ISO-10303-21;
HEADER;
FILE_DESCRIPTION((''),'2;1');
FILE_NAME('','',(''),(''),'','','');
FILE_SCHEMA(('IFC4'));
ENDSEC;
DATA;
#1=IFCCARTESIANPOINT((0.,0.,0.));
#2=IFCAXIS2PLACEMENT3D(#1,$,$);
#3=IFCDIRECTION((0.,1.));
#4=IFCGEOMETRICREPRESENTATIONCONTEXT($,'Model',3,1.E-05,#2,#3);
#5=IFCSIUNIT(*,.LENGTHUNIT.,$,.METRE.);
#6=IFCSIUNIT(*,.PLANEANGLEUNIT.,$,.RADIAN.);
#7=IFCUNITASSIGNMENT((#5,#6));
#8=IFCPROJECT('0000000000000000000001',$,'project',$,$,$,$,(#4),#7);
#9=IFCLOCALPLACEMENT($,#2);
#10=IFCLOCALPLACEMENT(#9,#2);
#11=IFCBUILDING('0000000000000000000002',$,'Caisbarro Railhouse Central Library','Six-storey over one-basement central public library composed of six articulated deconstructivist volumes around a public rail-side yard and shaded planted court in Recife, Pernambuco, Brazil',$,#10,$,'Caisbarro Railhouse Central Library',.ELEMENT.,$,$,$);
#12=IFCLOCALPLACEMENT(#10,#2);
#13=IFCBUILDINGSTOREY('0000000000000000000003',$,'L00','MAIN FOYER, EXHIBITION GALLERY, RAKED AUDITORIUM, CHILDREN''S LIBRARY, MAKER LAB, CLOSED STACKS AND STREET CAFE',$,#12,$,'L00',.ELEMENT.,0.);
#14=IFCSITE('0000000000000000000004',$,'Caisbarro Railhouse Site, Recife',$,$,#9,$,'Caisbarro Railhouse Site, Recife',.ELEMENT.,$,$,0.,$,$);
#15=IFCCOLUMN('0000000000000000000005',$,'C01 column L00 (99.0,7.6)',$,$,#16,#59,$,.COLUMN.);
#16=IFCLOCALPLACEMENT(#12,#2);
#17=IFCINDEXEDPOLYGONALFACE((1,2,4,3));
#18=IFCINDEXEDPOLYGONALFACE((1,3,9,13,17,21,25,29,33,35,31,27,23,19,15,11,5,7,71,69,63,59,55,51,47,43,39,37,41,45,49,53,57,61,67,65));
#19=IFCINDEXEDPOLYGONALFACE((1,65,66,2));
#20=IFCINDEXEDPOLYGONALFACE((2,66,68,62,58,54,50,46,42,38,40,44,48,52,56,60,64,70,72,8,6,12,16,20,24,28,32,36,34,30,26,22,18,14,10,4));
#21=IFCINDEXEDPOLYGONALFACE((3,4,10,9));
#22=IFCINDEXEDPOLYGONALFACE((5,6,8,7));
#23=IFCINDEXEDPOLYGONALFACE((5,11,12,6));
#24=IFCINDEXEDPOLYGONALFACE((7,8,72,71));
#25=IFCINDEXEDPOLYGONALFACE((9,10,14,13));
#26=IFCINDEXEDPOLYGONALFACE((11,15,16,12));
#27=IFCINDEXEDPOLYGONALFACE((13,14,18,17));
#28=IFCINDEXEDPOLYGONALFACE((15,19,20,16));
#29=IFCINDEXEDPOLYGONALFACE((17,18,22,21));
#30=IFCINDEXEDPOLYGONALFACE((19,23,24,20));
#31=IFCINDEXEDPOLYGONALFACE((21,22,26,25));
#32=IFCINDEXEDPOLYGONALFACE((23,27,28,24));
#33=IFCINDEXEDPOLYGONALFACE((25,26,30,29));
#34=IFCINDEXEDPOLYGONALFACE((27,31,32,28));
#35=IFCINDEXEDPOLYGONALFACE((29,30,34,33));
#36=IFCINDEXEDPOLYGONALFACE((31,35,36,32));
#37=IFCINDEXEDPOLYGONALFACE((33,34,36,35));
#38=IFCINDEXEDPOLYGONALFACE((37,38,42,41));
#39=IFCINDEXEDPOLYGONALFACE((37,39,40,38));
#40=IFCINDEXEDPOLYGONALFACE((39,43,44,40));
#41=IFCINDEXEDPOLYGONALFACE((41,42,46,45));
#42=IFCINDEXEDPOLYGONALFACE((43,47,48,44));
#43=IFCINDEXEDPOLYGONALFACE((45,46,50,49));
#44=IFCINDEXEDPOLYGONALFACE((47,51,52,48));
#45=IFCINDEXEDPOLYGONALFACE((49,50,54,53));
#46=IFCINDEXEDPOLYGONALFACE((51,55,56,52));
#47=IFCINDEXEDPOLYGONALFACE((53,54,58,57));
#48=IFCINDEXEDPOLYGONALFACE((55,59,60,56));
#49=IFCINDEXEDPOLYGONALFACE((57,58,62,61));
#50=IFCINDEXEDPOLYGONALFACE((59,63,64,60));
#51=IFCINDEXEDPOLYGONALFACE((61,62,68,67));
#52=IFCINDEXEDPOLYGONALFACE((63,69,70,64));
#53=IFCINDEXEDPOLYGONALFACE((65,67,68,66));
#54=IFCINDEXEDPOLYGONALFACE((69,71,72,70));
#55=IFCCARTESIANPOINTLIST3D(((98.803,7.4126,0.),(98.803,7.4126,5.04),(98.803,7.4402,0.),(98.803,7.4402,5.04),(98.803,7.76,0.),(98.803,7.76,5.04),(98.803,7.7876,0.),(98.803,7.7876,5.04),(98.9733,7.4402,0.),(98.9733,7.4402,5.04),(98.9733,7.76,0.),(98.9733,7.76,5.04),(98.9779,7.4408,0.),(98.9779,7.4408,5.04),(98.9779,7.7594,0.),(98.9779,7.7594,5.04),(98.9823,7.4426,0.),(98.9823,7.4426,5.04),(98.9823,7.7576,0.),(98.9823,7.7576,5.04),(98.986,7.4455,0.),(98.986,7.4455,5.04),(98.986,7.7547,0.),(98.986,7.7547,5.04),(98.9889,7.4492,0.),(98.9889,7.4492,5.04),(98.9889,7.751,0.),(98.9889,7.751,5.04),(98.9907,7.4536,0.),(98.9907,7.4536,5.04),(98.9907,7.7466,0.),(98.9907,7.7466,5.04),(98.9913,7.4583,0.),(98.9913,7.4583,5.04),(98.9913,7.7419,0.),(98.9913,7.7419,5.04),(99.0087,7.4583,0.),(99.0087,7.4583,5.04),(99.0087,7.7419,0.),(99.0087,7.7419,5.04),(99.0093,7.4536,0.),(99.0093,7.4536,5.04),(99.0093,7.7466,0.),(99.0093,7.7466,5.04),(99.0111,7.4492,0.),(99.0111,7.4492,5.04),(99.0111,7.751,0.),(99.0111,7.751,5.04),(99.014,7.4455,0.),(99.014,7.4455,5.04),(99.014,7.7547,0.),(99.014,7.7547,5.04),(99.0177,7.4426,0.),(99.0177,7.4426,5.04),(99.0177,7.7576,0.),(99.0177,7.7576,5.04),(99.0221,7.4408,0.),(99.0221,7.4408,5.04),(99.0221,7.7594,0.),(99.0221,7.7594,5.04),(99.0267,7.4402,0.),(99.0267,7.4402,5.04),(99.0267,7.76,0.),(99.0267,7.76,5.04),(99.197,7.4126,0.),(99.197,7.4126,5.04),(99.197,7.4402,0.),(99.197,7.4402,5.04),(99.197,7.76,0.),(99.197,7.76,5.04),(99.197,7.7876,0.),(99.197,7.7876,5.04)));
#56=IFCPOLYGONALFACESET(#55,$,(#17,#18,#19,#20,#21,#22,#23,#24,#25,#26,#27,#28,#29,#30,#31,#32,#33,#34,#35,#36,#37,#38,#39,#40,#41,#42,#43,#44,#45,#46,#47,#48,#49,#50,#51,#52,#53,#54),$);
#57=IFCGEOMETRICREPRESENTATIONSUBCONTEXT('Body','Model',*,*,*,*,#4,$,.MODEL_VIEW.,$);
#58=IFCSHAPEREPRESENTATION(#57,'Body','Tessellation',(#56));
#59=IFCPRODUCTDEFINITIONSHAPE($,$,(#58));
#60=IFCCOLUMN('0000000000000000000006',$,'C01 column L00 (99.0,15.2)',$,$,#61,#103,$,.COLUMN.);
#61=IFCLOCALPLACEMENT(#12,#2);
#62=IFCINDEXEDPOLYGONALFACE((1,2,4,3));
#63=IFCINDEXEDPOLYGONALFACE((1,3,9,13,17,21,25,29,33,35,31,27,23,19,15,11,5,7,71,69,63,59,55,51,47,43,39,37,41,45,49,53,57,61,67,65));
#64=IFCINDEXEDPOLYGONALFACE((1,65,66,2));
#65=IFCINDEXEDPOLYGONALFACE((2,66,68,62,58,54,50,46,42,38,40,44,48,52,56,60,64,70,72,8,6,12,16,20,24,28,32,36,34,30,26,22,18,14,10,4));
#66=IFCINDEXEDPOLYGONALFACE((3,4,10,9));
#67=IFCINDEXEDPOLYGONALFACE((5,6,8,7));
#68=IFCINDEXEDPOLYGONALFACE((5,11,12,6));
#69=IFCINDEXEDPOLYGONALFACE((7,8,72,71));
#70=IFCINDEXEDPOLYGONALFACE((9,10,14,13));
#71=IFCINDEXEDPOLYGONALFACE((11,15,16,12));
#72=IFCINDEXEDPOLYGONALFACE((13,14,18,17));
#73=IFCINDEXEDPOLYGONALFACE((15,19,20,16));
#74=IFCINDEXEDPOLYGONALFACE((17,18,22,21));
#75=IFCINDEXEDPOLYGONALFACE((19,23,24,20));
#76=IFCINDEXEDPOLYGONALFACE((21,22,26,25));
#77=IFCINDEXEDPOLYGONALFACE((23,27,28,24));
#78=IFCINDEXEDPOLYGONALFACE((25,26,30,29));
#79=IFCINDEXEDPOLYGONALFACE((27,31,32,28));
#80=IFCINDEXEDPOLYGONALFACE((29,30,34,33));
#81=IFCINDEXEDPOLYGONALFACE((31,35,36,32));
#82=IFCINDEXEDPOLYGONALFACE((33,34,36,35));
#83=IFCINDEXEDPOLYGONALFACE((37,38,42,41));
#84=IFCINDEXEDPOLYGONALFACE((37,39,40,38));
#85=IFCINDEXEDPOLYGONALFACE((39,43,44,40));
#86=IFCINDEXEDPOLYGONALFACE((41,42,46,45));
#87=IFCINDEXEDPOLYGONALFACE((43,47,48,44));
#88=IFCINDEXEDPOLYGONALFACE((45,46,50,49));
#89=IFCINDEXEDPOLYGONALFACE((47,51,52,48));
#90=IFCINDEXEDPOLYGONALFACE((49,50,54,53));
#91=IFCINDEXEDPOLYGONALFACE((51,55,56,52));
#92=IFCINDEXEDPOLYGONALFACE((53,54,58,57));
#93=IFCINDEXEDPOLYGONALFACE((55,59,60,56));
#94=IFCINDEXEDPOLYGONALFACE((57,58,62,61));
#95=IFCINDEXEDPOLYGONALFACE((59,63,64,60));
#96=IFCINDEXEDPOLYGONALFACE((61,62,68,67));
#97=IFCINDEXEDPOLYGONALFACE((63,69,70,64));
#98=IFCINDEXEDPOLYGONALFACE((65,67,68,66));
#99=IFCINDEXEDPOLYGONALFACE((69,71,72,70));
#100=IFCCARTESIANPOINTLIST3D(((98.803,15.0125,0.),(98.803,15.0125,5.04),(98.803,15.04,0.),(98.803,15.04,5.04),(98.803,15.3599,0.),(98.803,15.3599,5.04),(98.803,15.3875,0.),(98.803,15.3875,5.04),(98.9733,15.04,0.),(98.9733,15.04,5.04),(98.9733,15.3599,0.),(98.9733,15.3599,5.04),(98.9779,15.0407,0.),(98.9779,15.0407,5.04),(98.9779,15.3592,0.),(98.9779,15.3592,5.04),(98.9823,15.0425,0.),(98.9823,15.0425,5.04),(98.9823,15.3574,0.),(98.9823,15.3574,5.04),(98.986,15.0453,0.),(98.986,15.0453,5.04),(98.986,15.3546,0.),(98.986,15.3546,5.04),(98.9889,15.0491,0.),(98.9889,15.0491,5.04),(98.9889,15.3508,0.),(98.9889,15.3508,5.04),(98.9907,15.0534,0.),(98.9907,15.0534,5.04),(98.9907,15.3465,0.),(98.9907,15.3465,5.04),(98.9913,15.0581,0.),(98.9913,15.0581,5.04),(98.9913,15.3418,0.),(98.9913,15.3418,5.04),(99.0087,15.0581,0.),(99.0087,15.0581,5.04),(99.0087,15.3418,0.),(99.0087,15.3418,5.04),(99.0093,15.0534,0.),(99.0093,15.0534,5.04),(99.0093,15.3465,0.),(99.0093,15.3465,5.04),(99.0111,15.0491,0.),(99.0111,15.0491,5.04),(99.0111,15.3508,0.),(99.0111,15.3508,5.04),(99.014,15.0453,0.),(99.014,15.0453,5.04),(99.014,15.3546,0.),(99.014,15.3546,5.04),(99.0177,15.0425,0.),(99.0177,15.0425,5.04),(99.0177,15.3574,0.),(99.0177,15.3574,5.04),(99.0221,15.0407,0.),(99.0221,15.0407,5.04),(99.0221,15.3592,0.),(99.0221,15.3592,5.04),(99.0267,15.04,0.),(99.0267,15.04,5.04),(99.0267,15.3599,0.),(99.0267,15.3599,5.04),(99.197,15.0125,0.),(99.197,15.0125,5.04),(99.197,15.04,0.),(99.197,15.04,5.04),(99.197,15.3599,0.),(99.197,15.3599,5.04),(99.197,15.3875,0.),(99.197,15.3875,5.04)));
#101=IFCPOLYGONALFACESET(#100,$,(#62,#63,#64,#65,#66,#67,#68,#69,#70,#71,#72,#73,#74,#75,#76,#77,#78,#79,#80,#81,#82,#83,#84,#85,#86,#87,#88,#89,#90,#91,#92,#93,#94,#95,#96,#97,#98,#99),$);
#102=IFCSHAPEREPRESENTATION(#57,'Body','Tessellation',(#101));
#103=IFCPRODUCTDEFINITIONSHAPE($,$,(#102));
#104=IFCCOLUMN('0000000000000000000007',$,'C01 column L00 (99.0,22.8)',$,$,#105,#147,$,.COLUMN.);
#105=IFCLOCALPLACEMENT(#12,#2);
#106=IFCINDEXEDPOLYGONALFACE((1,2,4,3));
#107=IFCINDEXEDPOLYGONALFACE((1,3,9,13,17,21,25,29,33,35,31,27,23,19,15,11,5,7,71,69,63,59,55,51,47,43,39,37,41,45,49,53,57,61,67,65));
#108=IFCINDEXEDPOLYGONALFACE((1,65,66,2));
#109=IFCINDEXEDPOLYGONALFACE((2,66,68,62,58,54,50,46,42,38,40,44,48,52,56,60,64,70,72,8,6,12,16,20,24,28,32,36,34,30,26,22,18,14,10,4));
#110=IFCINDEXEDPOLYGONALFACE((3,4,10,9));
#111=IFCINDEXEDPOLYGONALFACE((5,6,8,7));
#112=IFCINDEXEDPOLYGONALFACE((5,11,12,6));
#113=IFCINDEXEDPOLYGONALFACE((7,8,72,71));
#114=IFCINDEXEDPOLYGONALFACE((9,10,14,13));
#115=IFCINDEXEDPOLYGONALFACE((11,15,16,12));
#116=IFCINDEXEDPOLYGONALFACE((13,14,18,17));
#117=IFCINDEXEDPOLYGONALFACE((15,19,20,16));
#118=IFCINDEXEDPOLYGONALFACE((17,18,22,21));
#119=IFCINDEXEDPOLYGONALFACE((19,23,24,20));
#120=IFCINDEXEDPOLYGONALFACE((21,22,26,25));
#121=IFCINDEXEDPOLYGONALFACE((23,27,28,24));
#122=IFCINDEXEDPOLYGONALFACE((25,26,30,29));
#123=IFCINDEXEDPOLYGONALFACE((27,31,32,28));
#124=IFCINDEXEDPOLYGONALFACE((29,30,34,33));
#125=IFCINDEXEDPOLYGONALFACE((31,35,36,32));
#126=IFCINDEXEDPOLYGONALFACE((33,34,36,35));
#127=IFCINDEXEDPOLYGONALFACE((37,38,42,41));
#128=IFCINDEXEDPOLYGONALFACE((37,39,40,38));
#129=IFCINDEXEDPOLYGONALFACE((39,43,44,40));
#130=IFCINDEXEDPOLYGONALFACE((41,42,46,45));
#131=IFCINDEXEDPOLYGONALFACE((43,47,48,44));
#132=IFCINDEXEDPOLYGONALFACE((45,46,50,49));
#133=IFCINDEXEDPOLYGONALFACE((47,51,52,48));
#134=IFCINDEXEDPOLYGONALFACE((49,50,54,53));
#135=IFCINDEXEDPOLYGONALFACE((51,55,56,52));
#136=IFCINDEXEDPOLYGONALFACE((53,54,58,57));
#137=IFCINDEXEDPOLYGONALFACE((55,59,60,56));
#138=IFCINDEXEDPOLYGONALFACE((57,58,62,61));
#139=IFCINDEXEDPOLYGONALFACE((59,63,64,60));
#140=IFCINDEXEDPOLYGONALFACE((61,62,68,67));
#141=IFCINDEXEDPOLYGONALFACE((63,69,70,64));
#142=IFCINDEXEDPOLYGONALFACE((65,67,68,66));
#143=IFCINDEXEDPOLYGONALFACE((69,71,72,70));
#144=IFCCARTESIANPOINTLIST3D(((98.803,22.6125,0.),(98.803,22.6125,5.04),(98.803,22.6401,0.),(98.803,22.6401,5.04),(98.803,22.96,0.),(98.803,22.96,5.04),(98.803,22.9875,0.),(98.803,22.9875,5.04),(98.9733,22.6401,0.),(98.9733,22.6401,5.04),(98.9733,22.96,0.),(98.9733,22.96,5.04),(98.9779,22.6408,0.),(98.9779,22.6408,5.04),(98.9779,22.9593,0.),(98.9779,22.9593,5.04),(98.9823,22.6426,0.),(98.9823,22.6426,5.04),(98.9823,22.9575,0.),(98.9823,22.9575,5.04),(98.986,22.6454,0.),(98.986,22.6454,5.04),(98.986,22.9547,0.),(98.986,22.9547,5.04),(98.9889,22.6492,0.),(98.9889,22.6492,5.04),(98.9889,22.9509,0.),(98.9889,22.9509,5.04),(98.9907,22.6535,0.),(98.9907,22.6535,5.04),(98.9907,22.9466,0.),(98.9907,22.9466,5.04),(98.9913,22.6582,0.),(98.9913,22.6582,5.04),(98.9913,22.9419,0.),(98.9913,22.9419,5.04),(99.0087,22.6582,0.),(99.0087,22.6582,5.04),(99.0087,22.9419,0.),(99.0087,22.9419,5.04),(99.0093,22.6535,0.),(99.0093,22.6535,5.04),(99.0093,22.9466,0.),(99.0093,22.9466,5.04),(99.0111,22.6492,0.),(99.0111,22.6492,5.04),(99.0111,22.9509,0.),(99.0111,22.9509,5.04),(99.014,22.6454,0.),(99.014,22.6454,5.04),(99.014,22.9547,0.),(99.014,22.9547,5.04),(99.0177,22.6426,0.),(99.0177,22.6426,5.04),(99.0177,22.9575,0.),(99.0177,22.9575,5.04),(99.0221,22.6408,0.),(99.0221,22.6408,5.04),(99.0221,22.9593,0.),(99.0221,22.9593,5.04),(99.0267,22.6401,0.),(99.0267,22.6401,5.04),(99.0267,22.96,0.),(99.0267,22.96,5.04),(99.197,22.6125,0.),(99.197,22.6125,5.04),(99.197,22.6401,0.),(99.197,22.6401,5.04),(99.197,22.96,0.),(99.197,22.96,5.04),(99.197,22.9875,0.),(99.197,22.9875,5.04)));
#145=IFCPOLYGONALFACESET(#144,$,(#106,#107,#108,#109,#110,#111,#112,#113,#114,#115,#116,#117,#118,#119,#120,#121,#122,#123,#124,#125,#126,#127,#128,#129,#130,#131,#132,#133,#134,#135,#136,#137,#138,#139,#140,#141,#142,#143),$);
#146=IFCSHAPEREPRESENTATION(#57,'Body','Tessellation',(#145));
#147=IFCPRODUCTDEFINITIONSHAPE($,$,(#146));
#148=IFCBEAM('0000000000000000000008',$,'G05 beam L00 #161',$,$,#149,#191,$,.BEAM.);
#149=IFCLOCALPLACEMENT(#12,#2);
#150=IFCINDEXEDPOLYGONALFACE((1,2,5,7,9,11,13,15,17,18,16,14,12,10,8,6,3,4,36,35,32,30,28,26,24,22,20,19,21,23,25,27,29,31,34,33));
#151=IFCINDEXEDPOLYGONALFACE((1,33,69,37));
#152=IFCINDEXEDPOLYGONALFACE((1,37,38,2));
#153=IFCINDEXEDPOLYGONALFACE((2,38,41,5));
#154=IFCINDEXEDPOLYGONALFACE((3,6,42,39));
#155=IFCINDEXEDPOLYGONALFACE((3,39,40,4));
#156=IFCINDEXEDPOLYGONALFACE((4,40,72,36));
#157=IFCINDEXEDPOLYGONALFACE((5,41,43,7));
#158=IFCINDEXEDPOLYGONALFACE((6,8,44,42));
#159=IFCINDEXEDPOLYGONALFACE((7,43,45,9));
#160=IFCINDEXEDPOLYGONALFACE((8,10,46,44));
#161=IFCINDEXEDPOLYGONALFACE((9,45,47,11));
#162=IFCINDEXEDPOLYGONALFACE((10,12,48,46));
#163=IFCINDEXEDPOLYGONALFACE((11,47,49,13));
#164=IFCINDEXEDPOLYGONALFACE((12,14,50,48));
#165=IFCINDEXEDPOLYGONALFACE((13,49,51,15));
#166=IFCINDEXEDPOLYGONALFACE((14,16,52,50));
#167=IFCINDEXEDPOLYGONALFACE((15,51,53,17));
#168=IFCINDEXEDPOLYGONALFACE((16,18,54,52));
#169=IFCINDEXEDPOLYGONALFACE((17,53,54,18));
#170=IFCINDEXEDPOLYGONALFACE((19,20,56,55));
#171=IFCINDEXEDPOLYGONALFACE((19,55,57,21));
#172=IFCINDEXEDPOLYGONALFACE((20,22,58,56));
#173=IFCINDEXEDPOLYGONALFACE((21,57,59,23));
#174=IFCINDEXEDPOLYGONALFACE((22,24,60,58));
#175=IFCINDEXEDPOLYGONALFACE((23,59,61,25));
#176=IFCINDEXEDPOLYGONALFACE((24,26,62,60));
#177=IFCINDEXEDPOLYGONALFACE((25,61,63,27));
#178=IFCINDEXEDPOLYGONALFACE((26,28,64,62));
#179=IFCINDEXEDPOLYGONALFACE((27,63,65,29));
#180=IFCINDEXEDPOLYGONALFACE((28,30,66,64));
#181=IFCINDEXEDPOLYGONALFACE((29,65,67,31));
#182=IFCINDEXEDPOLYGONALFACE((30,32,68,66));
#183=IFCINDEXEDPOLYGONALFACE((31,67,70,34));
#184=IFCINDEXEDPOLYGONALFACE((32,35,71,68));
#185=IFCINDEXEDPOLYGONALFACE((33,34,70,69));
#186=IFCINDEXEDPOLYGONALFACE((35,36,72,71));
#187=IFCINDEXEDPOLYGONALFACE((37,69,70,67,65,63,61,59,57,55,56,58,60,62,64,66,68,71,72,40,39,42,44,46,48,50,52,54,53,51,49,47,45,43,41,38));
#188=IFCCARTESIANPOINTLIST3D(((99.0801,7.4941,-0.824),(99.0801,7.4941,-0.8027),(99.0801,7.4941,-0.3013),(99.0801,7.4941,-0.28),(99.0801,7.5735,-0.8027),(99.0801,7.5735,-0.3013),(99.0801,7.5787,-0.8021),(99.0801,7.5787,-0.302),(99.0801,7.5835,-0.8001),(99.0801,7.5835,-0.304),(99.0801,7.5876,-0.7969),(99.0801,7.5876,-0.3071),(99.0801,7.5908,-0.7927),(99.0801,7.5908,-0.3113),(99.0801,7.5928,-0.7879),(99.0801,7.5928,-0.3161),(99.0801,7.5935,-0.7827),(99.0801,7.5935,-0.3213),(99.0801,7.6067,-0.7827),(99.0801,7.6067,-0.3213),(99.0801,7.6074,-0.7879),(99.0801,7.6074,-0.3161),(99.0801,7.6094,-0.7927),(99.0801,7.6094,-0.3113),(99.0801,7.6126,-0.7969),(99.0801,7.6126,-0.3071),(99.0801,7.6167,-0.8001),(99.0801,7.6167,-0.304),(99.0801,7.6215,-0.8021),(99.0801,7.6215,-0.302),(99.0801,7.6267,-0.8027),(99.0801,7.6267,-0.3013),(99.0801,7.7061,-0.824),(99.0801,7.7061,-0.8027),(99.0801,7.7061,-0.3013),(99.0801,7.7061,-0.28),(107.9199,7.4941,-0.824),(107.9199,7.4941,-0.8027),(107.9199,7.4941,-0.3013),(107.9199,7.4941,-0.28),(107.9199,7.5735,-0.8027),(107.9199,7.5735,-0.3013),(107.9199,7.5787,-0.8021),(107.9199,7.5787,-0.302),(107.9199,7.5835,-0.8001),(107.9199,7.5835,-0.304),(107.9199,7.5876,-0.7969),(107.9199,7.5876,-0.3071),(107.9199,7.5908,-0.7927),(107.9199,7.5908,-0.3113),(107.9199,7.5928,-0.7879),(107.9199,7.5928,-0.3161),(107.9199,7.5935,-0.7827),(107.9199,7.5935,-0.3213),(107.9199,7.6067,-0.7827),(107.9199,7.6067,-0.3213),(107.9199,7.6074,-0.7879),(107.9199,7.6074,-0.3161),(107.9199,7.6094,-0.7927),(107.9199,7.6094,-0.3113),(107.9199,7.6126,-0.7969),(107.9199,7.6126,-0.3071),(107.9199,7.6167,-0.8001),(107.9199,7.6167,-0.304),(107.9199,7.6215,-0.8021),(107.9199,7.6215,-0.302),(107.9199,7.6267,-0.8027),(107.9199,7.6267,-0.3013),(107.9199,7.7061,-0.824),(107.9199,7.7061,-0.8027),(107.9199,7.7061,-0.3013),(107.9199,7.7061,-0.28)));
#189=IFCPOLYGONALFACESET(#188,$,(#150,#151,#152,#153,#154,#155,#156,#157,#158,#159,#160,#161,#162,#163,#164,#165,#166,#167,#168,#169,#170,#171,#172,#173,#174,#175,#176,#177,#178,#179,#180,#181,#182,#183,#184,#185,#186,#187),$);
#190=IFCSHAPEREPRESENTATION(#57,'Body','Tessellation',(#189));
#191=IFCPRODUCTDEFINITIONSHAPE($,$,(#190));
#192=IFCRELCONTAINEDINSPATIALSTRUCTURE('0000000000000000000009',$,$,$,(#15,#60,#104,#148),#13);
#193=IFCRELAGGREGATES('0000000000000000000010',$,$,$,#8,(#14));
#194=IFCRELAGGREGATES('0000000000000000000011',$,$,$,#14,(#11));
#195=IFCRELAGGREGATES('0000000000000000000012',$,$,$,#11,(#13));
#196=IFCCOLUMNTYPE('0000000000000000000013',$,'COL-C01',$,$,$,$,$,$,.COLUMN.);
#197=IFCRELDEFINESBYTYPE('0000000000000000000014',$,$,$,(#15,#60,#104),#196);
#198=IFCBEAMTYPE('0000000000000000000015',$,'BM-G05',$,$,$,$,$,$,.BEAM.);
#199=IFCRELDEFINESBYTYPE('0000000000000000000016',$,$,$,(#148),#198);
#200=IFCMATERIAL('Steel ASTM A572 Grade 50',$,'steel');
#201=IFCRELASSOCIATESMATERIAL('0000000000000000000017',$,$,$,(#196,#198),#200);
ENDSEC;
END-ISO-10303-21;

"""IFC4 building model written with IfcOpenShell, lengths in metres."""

from ifc_helpers import new_model, si_unit, direction, frame, origin, origin_2d, place, context, subcontext, project, spatial, i_section, extrude, material, material_profile, profile_set, type_object, element, save


model = new_model("IFC4")

# Units and contexts
model_context = context("Model", 3, precision=1e-05, world=origin(), true_north=direction((0.0, 1.0)))
body_context = subcontext(model_context, "Body", "Model", "MODEL_VIEW")
ifc_project = project(units=[si_unit("LENGTHUNIT", "METRE"), si_unit("PLANEANGLEUNIT", "RADIAN")], contexts=[model_context])

# Site, building, storey
site_placement = place(None, origin())
site = spatial("IfcSite", under=ifc_project, at=site_placement, Name="Caisbarro Railhouse Site, Recife", LongName="Caisbarro Railhouse Site, Recife", CompositionType="ELEMENT", RefElevation=0.0)
building_placement = place(site_placement, origin())
building = spatial("IfcBuilding", under=site, at=building_placement, Name="Caisbarro Railhouse Central Library", Description="Six-storey over one-basement central public library composed of six articulated deconstructivist volumes around a public rail-side yard and shaded planted court in Recife, Pernambuco, Brazil", LongName="Caisbarro Railhouse Central Library", CompositionType="ELEMENT")
storey_placement = place(building_placement, origin())
storey = spatial("IfcBuildingStorey", under=building, at=storey_placement, Name="L00", Description="MAIN FOYER, EXHIBITION GALLERY, RAKED AUDITORIUM, CHILDREN'S LIBRARY, MAKER LAB, CLOSED STACKS AND STREET CAFE", LongName="L00", CompositionType="ELEMENT", Elevation=0.0)

# Columns
ifc_material_1 = material(Name="Steel ASTM A572 Grade 50", Category="steel")
ifc_material_profile_1 = material_profile(ifc_material_1, i_section(OverallWidth=0.394, OverallDepth=0.375, WebThickness=0.0173, FlangeThickness=0.0276, FilletRadius=0.0181, at=origin_2d()), Name="W360X216.0")
ifc_profile_set_1 = profile_set([ifc_material_profile_1], Name="Steel ASTM A572 Grade 50")
column_type = type_object("IfcColumnType", Name="COL-C01", PredefinedType="COLUMN", material=ifc_profile_set_1)
for number, where, z_axis, x_axis, name in (
    (1, (99.0, 7.6001, 0.0), (0.0, 0.0, 1.0), (1.0, 0.0, 0.0), "C01 column L00 (99.0,7.6)"),
    (2, (99.0, 15.2, 0.0), (0.0, 0.0, 1.0), (1.0, 0.0, 0.0), "C01 column L00 (99.0,15.2)"),
    (3, (99.0, 22.8, 0.0), (0.0, 0.0, 1.0), (1.0, 0.0, 0.0), "C01 column L00 (99.0,22.8)"),
):
    element("IfcColumn", number, at=place(storey_placement, frame(where, z_axis=z_axis, x_axis=x_axis)), inside=storey, type_object=column_type, Name=name, PredefinedType="COLUMN", context=body_context, shape_type="SweptSolid", body=[
        extrude(i_section(OverallWidth=0.394, OverallDepth=0.375, WebThickness=0.0173, FlangeThickness=0.0276, FilletRadius=0.0181, at=origin_2d()), origin(), (0.0, 0.0, 1.0), 5.04),
    ])

# Beam
ifc_material_profile_2 = material_profile(ifc_material_1, i_section(OverallWidth=0.2119, OverallDepth=0.5439, WebThickness=0.0132, FlangeThickness=0.0212, FilletRadius=0.02, at=origin_2d()), Name="W530X123.0")
ifc_profile_set_2 = profile_set([ifc_material_profile_2], Name="Steel ASTM A572 Grade 50")
beam_type_1 = type_object("IfcBeamType", Name="BM-G05", PredefinedType="BEAM", material=ifc_profile_set_2)
for number, where, z_axis, x_axis, name in (
    (4, (99.0801, 7.6001, -0.552), (1.0, 0.0, 0.0), (0.0, 1.0, 0.0), "G05 beam L00 #161"),
):
    element("IfcBeam", number, at=place(storey_placement, frame(where, z_axis=z_axis, x_axis=x_axis)), inside=storey, type_object=beam_type_1, Name=name, PredefinedType="BEAM", context=body_context, shape_type="SweptSolid", body=[
        extrude(i_section(OverallWidth=0.2119, OverallDepth=0.5439, WebThickness=0.0132, FlangeThickness=0.0212, FilletRadius=0.02, at=origin_2d()), origin(), (0.0, 0.0, 1.0), 8.8398),
    ])

save(model, "model.ifc")
